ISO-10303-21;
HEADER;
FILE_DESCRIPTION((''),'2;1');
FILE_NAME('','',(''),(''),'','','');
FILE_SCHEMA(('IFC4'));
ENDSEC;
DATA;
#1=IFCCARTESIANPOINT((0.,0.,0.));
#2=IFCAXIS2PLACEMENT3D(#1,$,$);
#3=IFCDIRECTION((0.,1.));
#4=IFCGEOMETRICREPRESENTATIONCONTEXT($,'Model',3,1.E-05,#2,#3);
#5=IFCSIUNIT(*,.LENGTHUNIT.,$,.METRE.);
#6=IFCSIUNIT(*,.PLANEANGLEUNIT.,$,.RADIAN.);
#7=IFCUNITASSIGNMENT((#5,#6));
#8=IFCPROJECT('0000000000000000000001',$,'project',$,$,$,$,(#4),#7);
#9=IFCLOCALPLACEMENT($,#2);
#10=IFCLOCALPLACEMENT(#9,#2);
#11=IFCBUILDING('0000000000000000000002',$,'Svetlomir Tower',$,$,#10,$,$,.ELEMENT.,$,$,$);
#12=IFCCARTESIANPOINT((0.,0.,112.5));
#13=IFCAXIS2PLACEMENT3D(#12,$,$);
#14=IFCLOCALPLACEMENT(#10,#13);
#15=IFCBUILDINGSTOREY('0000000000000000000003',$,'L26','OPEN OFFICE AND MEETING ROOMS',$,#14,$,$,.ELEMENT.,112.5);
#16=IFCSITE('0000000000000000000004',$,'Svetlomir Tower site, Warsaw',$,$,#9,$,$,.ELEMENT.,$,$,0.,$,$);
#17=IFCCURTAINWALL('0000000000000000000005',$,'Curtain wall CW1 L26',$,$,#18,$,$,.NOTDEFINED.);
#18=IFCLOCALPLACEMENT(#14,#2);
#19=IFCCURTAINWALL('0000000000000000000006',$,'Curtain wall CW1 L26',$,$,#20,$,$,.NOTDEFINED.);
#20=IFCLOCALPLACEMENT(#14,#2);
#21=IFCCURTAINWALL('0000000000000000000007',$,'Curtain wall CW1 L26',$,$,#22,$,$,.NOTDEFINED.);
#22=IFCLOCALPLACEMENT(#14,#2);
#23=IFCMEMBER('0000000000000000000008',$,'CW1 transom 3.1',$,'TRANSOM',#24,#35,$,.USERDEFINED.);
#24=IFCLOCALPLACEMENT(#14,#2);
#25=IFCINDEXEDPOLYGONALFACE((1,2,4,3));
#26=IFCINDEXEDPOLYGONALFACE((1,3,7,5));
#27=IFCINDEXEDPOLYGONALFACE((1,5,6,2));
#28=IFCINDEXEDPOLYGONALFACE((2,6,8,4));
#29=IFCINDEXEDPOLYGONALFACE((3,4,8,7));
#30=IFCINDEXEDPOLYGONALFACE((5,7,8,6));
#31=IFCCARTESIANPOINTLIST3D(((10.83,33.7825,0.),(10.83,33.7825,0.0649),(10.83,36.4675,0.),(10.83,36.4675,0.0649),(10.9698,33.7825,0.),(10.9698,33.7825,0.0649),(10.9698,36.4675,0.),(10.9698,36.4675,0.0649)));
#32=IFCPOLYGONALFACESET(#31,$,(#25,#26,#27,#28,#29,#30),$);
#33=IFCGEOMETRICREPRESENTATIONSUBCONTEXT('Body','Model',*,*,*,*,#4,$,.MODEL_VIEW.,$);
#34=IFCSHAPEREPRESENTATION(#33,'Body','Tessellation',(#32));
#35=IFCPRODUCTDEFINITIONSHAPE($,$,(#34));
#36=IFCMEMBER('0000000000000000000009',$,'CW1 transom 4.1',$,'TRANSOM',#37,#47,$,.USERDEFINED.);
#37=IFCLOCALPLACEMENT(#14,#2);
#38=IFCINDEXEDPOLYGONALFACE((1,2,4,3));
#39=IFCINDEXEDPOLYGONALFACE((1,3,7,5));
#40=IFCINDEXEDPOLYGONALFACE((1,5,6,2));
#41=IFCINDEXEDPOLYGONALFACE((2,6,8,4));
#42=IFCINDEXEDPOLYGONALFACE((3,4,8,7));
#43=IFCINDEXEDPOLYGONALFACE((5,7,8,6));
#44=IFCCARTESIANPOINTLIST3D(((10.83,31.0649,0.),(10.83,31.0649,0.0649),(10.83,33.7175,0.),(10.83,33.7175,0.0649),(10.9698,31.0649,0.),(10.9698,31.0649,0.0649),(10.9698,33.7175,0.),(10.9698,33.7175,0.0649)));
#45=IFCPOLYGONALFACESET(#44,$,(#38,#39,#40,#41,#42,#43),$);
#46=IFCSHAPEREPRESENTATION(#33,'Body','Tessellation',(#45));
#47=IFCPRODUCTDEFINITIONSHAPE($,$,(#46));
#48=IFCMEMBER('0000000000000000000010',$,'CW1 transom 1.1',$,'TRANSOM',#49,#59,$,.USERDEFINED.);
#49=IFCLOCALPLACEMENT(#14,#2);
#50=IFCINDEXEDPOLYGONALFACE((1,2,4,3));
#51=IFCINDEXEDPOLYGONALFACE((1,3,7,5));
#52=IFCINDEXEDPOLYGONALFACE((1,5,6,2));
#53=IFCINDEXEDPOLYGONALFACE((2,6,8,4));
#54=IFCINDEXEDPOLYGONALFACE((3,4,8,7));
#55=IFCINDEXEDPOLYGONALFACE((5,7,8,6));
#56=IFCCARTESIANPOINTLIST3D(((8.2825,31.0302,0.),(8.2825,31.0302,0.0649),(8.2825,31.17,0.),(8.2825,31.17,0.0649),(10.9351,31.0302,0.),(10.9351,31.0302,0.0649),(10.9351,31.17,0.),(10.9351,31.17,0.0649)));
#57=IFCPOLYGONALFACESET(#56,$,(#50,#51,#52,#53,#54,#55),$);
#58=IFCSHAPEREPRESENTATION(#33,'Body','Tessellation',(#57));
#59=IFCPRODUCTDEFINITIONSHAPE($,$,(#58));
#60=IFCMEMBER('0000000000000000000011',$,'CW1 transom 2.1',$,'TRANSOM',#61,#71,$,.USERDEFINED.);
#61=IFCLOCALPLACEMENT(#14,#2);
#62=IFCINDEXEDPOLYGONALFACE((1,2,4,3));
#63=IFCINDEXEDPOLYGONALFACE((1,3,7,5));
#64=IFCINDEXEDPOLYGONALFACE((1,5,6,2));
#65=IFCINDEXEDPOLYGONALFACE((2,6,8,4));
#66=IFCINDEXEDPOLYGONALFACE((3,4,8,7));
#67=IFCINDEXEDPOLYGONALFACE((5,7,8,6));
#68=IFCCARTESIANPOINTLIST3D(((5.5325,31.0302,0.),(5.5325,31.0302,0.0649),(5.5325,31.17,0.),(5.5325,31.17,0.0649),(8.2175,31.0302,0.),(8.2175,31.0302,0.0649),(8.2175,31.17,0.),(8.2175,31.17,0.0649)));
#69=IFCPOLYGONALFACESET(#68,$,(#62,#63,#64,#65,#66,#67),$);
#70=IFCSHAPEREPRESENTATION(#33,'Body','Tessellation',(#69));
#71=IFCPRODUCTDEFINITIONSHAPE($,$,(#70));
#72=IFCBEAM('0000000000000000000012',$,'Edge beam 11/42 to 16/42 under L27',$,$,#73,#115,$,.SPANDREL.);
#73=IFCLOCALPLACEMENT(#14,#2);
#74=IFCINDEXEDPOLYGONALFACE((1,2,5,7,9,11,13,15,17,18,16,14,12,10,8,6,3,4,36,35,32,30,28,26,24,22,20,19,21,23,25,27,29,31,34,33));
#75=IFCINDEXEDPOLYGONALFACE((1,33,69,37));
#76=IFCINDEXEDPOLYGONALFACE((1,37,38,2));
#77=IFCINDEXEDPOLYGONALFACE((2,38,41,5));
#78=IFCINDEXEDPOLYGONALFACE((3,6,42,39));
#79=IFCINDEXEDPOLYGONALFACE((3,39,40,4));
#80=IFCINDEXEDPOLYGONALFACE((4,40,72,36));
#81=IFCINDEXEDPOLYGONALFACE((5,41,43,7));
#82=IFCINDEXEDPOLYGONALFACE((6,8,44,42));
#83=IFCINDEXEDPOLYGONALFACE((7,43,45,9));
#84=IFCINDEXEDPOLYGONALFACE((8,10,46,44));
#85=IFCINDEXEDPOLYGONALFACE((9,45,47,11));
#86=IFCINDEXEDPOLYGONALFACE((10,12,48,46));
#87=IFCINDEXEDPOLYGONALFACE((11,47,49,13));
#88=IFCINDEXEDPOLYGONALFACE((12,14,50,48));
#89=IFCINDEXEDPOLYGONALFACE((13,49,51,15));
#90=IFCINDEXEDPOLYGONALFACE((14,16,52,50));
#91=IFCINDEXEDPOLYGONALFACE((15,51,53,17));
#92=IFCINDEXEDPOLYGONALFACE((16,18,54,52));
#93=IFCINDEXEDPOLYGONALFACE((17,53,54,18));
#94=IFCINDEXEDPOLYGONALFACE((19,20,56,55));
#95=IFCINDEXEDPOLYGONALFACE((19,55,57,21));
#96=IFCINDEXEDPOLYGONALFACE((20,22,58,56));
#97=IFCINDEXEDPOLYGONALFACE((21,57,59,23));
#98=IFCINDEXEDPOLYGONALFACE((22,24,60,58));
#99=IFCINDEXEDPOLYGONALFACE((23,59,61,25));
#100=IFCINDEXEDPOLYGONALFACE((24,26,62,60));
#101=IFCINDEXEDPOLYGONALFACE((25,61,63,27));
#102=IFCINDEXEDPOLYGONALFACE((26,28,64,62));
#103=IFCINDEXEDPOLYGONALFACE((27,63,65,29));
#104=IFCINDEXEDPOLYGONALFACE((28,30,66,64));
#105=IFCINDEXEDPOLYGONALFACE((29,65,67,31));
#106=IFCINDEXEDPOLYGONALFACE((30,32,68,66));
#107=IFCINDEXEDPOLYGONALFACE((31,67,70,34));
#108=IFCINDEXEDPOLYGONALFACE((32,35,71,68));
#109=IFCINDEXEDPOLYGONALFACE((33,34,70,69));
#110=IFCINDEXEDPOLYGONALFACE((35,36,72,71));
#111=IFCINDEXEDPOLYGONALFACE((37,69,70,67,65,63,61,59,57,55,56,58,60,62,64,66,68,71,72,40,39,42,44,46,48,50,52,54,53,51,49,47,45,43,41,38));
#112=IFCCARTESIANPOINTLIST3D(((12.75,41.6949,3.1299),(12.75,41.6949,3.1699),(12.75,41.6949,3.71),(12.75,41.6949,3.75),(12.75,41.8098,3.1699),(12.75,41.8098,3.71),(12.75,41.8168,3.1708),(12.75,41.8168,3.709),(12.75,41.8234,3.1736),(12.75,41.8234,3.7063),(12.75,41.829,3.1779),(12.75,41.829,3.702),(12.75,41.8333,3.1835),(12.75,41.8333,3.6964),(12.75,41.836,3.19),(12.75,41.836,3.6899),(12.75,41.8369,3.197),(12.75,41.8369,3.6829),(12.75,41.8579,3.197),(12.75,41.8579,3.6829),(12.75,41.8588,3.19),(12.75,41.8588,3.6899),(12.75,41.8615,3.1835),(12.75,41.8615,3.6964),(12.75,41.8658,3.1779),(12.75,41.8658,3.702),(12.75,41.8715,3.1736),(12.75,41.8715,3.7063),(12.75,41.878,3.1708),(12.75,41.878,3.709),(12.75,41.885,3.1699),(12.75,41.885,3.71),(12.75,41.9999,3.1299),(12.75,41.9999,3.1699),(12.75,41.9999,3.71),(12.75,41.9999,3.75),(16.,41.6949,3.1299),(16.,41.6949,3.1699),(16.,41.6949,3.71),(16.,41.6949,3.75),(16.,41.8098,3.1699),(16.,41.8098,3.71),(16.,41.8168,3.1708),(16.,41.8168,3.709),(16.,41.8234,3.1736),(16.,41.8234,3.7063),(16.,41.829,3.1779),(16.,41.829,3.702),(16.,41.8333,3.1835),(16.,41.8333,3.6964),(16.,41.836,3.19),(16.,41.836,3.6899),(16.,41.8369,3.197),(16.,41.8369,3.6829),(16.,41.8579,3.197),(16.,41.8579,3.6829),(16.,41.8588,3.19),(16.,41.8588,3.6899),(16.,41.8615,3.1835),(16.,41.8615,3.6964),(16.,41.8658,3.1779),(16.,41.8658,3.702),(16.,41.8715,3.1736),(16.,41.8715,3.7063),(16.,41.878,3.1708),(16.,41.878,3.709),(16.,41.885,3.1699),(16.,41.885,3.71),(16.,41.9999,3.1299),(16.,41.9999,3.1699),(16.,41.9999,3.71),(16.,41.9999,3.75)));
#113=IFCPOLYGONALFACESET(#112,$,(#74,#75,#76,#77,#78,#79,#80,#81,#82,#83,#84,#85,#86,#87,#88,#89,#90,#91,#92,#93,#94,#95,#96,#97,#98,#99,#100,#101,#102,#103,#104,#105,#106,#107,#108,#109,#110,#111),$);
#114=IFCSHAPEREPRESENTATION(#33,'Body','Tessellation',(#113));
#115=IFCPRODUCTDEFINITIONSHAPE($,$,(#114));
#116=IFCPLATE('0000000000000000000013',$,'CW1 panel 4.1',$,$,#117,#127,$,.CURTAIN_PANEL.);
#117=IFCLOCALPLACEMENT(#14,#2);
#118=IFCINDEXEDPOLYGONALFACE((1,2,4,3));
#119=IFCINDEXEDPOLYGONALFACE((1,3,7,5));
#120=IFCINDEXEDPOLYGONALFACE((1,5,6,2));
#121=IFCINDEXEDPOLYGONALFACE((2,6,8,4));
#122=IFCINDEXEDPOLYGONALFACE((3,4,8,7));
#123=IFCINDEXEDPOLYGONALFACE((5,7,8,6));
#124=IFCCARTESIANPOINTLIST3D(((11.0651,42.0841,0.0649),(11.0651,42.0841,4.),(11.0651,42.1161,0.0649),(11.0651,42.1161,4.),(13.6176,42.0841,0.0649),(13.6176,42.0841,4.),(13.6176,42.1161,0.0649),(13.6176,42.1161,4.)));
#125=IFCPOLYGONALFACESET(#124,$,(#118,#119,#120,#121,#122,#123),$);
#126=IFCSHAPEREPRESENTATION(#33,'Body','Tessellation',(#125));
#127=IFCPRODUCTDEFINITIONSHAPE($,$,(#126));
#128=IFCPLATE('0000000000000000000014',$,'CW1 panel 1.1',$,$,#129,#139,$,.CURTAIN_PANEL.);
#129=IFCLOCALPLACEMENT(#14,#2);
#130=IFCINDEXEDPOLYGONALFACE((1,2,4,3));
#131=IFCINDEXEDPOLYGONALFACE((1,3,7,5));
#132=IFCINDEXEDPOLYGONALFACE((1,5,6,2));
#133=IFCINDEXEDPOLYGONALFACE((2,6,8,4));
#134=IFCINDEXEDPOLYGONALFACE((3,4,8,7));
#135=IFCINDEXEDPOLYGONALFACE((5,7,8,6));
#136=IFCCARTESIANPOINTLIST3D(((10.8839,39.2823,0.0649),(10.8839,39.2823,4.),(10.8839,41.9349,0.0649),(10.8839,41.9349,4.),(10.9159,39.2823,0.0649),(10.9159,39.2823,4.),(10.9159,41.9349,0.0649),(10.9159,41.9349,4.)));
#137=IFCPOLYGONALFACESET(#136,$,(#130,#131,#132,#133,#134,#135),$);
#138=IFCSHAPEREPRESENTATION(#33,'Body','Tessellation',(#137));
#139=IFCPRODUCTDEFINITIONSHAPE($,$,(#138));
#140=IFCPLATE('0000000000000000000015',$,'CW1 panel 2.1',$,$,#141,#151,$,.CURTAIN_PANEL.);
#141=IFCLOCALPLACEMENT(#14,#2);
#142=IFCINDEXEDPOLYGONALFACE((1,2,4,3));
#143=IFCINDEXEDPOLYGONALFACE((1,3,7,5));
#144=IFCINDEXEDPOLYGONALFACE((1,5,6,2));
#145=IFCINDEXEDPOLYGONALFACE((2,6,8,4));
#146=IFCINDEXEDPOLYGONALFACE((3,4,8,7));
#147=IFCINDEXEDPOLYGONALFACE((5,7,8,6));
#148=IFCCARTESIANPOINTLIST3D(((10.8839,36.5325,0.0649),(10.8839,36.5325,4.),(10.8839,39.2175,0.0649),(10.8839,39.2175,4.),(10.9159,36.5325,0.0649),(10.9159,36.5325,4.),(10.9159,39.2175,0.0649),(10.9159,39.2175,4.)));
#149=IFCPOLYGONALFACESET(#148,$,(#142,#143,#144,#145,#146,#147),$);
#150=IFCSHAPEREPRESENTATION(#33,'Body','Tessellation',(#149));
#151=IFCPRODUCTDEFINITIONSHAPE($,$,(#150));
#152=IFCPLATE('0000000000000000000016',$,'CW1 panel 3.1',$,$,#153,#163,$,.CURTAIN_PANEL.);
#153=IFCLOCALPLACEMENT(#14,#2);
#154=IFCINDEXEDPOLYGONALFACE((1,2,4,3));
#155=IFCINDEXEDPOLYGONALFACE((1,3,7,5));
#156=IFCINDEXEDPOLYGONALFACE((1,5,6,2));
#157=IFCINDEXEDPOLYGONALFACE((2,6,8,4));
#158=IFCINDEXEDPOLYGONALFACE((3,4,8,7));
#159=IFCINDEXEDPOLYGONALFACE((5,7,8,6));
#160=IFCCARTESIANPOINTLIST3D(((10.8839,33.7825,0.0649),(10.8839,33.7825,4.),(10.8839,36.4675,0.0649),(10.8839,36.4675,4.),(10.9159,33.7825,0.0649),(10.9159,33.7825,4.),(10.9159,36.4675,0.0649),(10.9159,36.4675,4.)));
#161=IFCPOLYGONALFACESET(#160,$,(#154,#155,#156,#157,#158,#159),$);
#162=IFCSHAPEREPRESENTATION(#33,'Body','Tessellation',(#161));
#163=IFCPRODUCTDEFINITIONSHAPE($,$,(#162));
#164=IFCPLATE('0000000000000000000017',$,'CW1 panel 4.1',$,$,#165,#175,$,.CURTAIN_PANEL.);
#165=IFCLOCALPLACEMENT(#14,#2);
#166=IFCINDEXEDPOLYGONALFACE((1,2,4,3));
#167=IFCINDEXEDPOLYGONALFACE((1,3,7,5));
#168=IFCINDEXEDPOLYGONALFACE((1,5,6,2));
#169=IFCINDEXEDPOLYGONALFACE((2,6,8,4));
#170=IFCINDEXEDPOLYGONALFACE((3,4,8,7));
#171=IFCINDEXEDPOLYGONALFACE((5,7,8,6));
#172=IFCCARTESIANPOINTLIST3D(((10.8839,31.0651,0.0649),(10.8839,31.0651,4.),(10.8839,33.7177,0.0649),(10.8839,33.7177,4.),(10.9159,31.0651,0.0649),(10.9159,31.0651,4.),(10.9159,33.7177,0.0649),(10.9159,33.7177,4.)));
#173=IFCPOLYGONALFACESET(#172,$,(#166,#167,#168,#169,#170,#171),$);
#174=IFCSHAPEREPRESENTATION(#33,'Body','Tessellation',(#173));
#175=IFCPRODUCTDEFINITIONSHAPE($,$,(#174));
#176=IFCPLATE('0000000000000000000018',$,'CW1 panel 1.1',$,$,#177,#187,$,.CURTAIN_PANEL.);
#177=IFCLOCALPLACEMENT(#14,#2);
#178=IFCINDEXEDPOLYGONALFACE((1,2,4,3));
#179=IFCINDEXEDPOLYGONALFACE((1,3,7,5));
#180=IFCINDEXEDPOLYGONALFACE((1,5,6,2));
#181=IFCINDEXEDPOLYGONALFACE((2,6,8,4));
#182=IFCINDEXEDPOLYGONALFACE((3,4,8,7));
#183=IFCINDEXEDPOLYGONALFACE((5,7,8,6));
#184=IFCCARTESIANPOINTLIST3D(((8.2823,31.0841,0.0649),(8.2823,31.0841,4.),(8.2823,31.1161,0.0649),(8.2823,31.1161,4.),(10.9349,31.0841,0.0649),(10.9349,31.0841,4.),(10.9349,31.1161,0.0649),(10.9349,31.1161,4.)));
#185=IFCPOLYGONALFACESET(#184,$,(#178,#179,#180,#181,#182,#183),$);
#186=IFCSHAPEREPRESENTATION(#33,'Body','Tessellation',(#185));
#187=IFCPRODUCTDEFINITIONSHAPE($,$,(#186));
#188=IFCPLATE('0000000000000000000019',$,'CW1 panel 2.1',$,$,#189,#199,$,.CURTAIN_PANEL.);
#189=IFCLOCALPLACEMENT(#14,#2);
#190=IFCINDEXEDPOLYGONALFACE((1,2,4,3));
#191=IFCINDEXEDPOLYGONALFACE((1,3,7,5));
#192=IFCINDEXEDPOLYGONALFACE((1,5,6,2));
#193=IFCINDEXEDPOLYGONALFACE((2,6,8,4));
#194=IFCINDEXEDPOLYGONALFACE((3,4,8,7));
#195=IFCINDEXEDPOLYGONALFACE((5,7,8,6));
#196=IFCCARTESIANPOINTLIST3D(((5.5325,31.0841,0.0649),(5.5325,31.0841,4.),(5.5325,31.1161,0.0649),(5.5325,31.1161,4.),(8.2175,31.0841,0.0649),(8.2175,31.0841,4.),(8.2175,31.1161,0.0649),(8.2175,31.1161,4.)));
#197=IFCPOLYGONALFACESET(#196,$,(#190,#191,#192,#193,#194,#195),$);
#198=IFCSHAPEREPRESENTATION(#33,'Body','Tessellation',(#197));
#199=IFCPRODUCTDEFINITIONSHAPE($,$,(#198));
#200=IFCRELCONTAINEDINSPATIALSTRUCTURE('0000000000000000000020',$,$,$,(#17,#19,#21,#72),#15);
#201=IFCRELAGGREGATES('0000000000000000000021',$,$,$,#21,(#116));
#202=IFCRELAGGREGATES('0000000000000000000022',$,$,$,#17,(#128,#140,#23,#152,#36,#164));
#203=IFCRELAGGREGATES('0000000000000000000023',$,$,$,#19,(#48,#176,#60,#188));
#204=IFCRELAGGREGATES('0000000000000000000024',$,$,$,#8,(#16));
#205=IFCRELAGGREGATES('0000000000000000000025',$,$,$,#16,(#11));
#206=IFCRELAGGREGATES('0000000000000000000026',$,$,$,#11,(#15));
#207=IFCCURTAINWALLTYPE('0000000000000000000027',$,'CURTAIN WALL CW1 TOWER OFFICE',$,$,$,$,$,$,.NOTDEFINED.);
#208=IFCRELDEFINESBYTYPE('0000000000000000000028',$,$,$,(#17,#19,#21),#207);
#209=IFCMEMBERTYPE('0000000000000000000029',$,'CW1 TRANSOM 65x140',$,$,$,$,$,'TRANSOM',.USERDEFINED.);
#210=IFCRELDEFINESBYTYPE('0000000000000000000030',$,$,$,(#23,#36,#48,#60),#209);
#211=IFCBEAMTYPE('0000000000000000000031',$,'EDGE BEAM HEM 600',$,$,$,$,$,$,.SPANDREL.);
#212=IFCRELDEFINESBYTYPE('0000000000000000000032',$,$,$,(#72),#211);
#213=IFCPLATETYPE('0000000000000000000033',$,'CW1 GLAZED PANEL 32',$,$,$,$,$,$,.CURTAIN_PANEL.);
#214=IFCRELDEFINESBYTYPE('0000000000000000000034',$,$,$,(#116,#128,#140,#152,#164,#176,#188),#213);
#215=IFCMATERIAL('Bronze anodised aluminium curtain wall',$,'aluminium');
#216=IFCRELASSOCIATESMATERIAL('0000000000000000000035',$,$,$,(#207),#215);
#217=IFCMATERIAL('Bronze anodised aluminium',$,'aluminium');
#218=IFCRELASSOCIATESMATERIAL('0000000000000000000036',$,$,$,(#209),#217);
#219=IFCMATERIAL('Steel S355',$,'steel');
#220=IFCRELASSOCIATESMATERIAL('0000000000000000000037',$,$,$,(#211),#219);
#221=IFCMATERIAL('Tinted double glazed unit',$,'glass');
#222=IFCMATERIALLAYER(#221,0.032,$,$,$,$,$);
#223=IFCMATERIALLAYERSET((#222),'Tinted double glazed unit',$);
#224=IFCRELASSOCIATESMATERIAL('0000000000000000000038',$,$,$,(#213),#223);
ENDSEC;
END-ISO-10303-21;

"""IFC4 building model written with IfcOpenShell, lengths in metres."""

from ifc_helpers import new_model, si_unit, direction, frame, origin, origin_2d, place, context, subcontext, project, spatial, rectangle, i_section, extrude, material, layer, layer_set, material_profile, profile_set, type_object, element, aggregate, save


model = new_model("IFC4")

# Units and contexts
model_context = context("Model", 3, precision=1e-05, world=origin(), true_north=direction((0.0, 1.0)))
body_context = subcontext(model_context, "Body", "Model", "MODEL_VIEW")
ifc_project = project(units=[si_unit("LENGTHUNIT", "METRE"), si_unit("PLANEANGLEUNIT", "RADIAN")], contexts=[model_context])

# Site, building, storey
site_placement = place(None, origin())
site = spatial("IfcSite", under=ifc_project, at=site_placement, Name="Svetlomir Tower site, Warsaw", CompositionType="ELEMENT", RefElevation=0.0)
building_placement = place(site_placement, origin())
building = spatial("IfcBuilding", under=site, at=building_placement, Name="Svetlomir Tower", CompositionType="ELEMENT")
storey_placement = place(building_placement, frame((0.0, 0.0, 112.5)))
storey = spatial("IfcBuildingStorey", under=building, at=storey_placement, Name="L26", Description="OPEN OFFICE AND MEETING ROOMS", CompositionType="ELEMENT", Elevation=112.5)

# Curtain walls
ifc_material_1 = material(Name="Bronze anodised aluminium curtain wall", Category="aluminium")
curtain_wall_type = type_object("IfcCurtainWallType", Name="CURTAIN WALL CW1 TOWER OFFICE", PredefinedType="NOTDEFINED", material=ifc_material_1)
curtain_wall_1_placement = place(storey_placement, origin())
curtain_wall_1 = element("IfcCurtainWall", 1, at=curtain_wall_1_placement, inside=storey, type_object=curtain_wall_type, Name="Curtain wall CW1 L26", PredefinedType="NOTDEFINED")
curtain_wall_2_placement = place(storey_placement, origin())
curtain_wall_2 = element("IfcCurtainWall", 2, at=curtain_wall_2_placement, inside=storey, type_object=curtain_wall_type, Name="Curtain wall CW1 L26", PredefinedType="NOTDEFINED")
curtain_wall_3_placement = place(storey_placement, origin())
curtain_wall_3 = element("IfcCurtainWall", 3, at=curtain_wall_3_placement, inside=storey, type_object=curtain_wall_type, Name="Curtain wall CW1 L26", PredefinedType="NOTDEFINED")

# Members
ifc_material_2 = material(Name="Bronze anodised aluminium", Category="aluminium")
ifc_material_profile_1 = material_profile(ifc_material_2, rectangle(XDim=0.1399, YDim=0.0649, at=origin_2d()), Name="AL 140x65")
ifc_profile_set_1 = profile_set([ifc_material_profile_1], Name="Bronze anodised aluminium 6063-T6")
member_type_1 = type_object("IfcMemberType", Name="CW1 TRANSOM 65x140", ElementType="TRANSOM", PredefinedType="USERDEFINED", material=ifc_profile_set_1)
member_1_placement = place(storey_placement, frame((10.8999, 36.4675, 0.0325), z_axis=(0.0, -1.0, 0.0), x_axis=(1.0, 0.0, 0.0)))
member_1 = element("IfcMember", 4, at=member_1_placement, type_object=member_type_1, Name="CW1 transom 3.1", ObjectType="TRANSOM", PredefinedType="USERDEFINED", context=body_context, shape_type="SweptSolid", body=[
    extrude(rectangle(XDim=0.1399, YDim=0.0649, at=origin_2d()), origin(), (0.0, 0.0, 1.0), 2.6851),
])
member_2_placement = place(storey_placement, frame((10.8999, 33.7175, 0.0325), z_axis=(0.0, -1.0, 0.0), x_axis=(1.0, 0.0, 0.0)))
member_2 = element("IfcMember", 5, at=member_2_placement, type_object=member_type_1, Name="CW1 transom 4.1", ObjectType="TRANSOM", PredefinedType="USERDEFINED", context=body_context, shape_type="SweptSolid", body=[
    extrude(rectangle(XDim=0.1399, YDim=0.0649, at=origin_2d()), origin(), (0.0, 0.0, 1.0), 2.6526),
])
member_3_placement = place(storey_placement, frame((10.9351, 31.1001, 0.0325), z_axis=(-1.0, 0.0, 0.0), x_axis=(0.0, -1.0, 0.0)))
member_3 = element("IfcMember", 6, at=member_3_placement, type_object=member_type_1, Name="CW1 transom 1.1", ObjectType="TRANSOM", PredefinedType="USERDEFINED", context=body_context, shape_type="SweptSolid", body=[
    extrude(rectangle(XDim=0.1399, YDim=0.0649, at=origin_2d()), origin(), (0.0, 0.0, 1.0), 2.6526),
])
member_4_placement = place(storey_placement, frame((8.2175, 31.1001, 0.0325), z_axis=(-1.0, 0.0, 0.0), x_axis=(0.0, -1.0, 0.0)))
member_4 = element("IfcMember", 7, at=member_4_placement, type_object=member_type_1, Name="CW1 transom 2.1", ObjectType="TRANSOM", PredefinedType="USERDEFINED", context=body_context, shape_type="SweptSolid", body=[
    extrude(rectangle(XDim=0.1399, YDim=0.0649, at=origin_2d()), origin(), (0.0, 0.0, 1.0), 2.6851),
])

# Beam
ifc_material_3 = material(Name="Steel S355", Category="steel")
ifc_material_profile_2 = material_profile(ifc_material_3, i_section(OverallWidth=0.3049, OverallDepth=0.6201, WebThickness=0.021, FlangeThickness=0.04, FilletRadius=0.0271, at=origin_2d()), Name="HEM 600")
ifc_profile_set_2 = profile_set([ifc_material_profile_2], Name="Steel S355")
beam_type = type_object("IfcBeamType", Name="EDGE BEAM HEM 600", PredefinedType="SPANDREL", material=ifc_profile_set_2)
beam_placement = place(storey_placement, frame((12.75, 41.8474, 3.4399), z_axis=(1.0, 0.0, 0.0), x_axis=(0.0, 1.0, 0.0)))
element("IfcBeam", 8, at=beam_placement, inside=storey, type_object=beam_type, Name="Edge beam 11/42 to 16/42 under L27", PredefinedType="SPANDREL", context=body_context, shape_type="SweptSolid", body=[
    extrude(i_section(OverallWidth=0.3049, OverallDepth=0.6201, WebThickness=0.021, FlangeThickness=0.04, FilletRadius=0.0271, at=origin_2d()), origin(), (0.0, 0.0, 1.0), 3.25),
])

# Plates
ifc_material_4 = material(Name="Tinted double glazed unit", Category="glass")
ifc_layer_1 = layer(ifc_material_4, 0.032)
ifc_layer_set_1 = layer_set([ifc_layer_1], Name="Tinted double glazed unit")
plate_type = type_object("IfcPlateType", Name="CW1 GLAZED PANEL 32", PredefinedType="CURTAIN_PANEL", material=ifc_layer_set_1)
plate_1_placement = place(storey_placement, frame((12.3413, 42.1001, 0.0649), z_axis=(0.0, 0.0, 1.0), x_axis=(-1.0, 0.0, 0.0)))
plate_1 = element("IfcPlate", 9, at=plate_1_placement, type_object=plate_type, Name="CW1 panel 4.1", PredefinedType="CURTAIN_PANEL", context=body_context, shape_type="SweptSolid", body=[
    extrude(rectangle(XDim=2.5525, YDim=0.032, at=origin_2d()), origin(), (0.0, 0.0, 1.0), 3.9351),
])
aggregate(curtain_wall_3, [plate_1])
plate_2_placement = place(storey_placement, frame((10.8999, 40.6086, 0.0649), z_axis=(0.0, 0.0, 1.0), x_axis=(0.0, -1.0, 0.0)))
plate_2 = element("IfcPlate", 10, at=plate_2_placement, type_object=plate_type, Name="CW1 panel 1.1", PredefinedType="CURTAIN_PANEL", context=body_context, shape_type="SweptSolid", body=[
    extrude(rectangle(XDim=2.6526, YDim=0.032, at=origin_2d()), origin(), (0.0, 0.0, 1.0), 3.9351),
])
plate_3_placement = place(storey_placement, frame((10.8999, 37.875, 0.0649), z_axis=(0.0, 0.0, 1.0), x_axis=(0.0, -1.0, 0.0)))
plate_3 = element("IfcPlate", 11, at=plate_3_placement, type_object=plate_type, Name="CW1 panel 2.1", PredefinedType="CURTAIN_PANEL", context=body_context, shape_type="SweptSolid", body=[
    extrude(rectangle(XDim=2.6851, YDim=0.032, at=origin_2d()), origin(), (0.0, 0.0, 1.0), 3.9351),
])
plate_4_placement = place(storey_placement, frame((10.8999, 35.125, 0.0649), z_axis=(0.0, 0.0, 1.0), x_axis=(0.0, -1.0, 0.0)))
plate_4 = element("IfcPlate", 12, at=plate_4_placement, type_object=plate_type, Name="CW1 panel 3.1", PredefinedType="CURTAIN_PANEL", context=body_context, shape_type="SweptSolid", body=[
    extrude(rectangle(XDim=2.6851, YDim=0.032, at=origin_2d()), origin(), (0.0, 0.0, 1.0), 3.9351),
])
plate_5_placement = place(storey_placement, frame((10.8999, 32.3914, 0.0649), z_axis=(0.0, 0.0, 1.0), x_axis=(0.0, -1.0, 0.0)))
plate_5 = element("IfcPlate", 13, at=plate_5_placement, type_object=plate_type, Name="CW1 panel 4.1", PredefinedType="CURTAIN_PANEL", context=body_context, shape_type="SweptSolid", body=[
    extrude(rectangle(XDim=2.6526, YDim=0.032, at=origin_2d()), origin(), (0.0, 0.0, 1.0), 3.9351),
])
aggregate(curtain_wall_1, [plate_2, plate_3, member_1, plate_4, member_2, plate_5])
plate_6_placement = place(storey_placement, frame((9.6086, 31.1001, 0.0649), z_axis=(0.0, 0.0, 1.0), x_axis=(-1.0, 0.0, 0.0)))
plate_6 = element("IfcPlate", 14, at=plate_6_placement, type_object=plate_type, Name="CW1 panel 1.1", PredefinedType="CURTAIN_PANEL", context=body_context, shape_type="SweptSolid", body=[
    extrude(rectangle(XDim=2.6526, YDim=0.032, at=origin_2d()), origin(), (0.0, 0.0, 1.0), 3.9351),
])
plate_7_placement = place(storey_placement, frame((6.875, 31.1001, 0.0649), z_axis=(0.0, 0.0, 1.0), x_axis=(-1.0, 0.0, 0.0)))
plate_7 = element("IfcPlate", 15, at=plate_7_placement, type_object=plate_type, Name="CW1 panel 2.1", PredefinedType="CURTAIN_PANEL", context=body_context, shape_type="SweptSolid", body=[
    extrude(rectangle(XDim=2.6851, YDim=0.032, at=origin_2d()), origin(), (0.0, 0.0, 1.0), 3.9351),
])
aggregate(curtain_wall_2, [member_3, plate_6, member_4, plate_7])

save(model, "model.ifc")
